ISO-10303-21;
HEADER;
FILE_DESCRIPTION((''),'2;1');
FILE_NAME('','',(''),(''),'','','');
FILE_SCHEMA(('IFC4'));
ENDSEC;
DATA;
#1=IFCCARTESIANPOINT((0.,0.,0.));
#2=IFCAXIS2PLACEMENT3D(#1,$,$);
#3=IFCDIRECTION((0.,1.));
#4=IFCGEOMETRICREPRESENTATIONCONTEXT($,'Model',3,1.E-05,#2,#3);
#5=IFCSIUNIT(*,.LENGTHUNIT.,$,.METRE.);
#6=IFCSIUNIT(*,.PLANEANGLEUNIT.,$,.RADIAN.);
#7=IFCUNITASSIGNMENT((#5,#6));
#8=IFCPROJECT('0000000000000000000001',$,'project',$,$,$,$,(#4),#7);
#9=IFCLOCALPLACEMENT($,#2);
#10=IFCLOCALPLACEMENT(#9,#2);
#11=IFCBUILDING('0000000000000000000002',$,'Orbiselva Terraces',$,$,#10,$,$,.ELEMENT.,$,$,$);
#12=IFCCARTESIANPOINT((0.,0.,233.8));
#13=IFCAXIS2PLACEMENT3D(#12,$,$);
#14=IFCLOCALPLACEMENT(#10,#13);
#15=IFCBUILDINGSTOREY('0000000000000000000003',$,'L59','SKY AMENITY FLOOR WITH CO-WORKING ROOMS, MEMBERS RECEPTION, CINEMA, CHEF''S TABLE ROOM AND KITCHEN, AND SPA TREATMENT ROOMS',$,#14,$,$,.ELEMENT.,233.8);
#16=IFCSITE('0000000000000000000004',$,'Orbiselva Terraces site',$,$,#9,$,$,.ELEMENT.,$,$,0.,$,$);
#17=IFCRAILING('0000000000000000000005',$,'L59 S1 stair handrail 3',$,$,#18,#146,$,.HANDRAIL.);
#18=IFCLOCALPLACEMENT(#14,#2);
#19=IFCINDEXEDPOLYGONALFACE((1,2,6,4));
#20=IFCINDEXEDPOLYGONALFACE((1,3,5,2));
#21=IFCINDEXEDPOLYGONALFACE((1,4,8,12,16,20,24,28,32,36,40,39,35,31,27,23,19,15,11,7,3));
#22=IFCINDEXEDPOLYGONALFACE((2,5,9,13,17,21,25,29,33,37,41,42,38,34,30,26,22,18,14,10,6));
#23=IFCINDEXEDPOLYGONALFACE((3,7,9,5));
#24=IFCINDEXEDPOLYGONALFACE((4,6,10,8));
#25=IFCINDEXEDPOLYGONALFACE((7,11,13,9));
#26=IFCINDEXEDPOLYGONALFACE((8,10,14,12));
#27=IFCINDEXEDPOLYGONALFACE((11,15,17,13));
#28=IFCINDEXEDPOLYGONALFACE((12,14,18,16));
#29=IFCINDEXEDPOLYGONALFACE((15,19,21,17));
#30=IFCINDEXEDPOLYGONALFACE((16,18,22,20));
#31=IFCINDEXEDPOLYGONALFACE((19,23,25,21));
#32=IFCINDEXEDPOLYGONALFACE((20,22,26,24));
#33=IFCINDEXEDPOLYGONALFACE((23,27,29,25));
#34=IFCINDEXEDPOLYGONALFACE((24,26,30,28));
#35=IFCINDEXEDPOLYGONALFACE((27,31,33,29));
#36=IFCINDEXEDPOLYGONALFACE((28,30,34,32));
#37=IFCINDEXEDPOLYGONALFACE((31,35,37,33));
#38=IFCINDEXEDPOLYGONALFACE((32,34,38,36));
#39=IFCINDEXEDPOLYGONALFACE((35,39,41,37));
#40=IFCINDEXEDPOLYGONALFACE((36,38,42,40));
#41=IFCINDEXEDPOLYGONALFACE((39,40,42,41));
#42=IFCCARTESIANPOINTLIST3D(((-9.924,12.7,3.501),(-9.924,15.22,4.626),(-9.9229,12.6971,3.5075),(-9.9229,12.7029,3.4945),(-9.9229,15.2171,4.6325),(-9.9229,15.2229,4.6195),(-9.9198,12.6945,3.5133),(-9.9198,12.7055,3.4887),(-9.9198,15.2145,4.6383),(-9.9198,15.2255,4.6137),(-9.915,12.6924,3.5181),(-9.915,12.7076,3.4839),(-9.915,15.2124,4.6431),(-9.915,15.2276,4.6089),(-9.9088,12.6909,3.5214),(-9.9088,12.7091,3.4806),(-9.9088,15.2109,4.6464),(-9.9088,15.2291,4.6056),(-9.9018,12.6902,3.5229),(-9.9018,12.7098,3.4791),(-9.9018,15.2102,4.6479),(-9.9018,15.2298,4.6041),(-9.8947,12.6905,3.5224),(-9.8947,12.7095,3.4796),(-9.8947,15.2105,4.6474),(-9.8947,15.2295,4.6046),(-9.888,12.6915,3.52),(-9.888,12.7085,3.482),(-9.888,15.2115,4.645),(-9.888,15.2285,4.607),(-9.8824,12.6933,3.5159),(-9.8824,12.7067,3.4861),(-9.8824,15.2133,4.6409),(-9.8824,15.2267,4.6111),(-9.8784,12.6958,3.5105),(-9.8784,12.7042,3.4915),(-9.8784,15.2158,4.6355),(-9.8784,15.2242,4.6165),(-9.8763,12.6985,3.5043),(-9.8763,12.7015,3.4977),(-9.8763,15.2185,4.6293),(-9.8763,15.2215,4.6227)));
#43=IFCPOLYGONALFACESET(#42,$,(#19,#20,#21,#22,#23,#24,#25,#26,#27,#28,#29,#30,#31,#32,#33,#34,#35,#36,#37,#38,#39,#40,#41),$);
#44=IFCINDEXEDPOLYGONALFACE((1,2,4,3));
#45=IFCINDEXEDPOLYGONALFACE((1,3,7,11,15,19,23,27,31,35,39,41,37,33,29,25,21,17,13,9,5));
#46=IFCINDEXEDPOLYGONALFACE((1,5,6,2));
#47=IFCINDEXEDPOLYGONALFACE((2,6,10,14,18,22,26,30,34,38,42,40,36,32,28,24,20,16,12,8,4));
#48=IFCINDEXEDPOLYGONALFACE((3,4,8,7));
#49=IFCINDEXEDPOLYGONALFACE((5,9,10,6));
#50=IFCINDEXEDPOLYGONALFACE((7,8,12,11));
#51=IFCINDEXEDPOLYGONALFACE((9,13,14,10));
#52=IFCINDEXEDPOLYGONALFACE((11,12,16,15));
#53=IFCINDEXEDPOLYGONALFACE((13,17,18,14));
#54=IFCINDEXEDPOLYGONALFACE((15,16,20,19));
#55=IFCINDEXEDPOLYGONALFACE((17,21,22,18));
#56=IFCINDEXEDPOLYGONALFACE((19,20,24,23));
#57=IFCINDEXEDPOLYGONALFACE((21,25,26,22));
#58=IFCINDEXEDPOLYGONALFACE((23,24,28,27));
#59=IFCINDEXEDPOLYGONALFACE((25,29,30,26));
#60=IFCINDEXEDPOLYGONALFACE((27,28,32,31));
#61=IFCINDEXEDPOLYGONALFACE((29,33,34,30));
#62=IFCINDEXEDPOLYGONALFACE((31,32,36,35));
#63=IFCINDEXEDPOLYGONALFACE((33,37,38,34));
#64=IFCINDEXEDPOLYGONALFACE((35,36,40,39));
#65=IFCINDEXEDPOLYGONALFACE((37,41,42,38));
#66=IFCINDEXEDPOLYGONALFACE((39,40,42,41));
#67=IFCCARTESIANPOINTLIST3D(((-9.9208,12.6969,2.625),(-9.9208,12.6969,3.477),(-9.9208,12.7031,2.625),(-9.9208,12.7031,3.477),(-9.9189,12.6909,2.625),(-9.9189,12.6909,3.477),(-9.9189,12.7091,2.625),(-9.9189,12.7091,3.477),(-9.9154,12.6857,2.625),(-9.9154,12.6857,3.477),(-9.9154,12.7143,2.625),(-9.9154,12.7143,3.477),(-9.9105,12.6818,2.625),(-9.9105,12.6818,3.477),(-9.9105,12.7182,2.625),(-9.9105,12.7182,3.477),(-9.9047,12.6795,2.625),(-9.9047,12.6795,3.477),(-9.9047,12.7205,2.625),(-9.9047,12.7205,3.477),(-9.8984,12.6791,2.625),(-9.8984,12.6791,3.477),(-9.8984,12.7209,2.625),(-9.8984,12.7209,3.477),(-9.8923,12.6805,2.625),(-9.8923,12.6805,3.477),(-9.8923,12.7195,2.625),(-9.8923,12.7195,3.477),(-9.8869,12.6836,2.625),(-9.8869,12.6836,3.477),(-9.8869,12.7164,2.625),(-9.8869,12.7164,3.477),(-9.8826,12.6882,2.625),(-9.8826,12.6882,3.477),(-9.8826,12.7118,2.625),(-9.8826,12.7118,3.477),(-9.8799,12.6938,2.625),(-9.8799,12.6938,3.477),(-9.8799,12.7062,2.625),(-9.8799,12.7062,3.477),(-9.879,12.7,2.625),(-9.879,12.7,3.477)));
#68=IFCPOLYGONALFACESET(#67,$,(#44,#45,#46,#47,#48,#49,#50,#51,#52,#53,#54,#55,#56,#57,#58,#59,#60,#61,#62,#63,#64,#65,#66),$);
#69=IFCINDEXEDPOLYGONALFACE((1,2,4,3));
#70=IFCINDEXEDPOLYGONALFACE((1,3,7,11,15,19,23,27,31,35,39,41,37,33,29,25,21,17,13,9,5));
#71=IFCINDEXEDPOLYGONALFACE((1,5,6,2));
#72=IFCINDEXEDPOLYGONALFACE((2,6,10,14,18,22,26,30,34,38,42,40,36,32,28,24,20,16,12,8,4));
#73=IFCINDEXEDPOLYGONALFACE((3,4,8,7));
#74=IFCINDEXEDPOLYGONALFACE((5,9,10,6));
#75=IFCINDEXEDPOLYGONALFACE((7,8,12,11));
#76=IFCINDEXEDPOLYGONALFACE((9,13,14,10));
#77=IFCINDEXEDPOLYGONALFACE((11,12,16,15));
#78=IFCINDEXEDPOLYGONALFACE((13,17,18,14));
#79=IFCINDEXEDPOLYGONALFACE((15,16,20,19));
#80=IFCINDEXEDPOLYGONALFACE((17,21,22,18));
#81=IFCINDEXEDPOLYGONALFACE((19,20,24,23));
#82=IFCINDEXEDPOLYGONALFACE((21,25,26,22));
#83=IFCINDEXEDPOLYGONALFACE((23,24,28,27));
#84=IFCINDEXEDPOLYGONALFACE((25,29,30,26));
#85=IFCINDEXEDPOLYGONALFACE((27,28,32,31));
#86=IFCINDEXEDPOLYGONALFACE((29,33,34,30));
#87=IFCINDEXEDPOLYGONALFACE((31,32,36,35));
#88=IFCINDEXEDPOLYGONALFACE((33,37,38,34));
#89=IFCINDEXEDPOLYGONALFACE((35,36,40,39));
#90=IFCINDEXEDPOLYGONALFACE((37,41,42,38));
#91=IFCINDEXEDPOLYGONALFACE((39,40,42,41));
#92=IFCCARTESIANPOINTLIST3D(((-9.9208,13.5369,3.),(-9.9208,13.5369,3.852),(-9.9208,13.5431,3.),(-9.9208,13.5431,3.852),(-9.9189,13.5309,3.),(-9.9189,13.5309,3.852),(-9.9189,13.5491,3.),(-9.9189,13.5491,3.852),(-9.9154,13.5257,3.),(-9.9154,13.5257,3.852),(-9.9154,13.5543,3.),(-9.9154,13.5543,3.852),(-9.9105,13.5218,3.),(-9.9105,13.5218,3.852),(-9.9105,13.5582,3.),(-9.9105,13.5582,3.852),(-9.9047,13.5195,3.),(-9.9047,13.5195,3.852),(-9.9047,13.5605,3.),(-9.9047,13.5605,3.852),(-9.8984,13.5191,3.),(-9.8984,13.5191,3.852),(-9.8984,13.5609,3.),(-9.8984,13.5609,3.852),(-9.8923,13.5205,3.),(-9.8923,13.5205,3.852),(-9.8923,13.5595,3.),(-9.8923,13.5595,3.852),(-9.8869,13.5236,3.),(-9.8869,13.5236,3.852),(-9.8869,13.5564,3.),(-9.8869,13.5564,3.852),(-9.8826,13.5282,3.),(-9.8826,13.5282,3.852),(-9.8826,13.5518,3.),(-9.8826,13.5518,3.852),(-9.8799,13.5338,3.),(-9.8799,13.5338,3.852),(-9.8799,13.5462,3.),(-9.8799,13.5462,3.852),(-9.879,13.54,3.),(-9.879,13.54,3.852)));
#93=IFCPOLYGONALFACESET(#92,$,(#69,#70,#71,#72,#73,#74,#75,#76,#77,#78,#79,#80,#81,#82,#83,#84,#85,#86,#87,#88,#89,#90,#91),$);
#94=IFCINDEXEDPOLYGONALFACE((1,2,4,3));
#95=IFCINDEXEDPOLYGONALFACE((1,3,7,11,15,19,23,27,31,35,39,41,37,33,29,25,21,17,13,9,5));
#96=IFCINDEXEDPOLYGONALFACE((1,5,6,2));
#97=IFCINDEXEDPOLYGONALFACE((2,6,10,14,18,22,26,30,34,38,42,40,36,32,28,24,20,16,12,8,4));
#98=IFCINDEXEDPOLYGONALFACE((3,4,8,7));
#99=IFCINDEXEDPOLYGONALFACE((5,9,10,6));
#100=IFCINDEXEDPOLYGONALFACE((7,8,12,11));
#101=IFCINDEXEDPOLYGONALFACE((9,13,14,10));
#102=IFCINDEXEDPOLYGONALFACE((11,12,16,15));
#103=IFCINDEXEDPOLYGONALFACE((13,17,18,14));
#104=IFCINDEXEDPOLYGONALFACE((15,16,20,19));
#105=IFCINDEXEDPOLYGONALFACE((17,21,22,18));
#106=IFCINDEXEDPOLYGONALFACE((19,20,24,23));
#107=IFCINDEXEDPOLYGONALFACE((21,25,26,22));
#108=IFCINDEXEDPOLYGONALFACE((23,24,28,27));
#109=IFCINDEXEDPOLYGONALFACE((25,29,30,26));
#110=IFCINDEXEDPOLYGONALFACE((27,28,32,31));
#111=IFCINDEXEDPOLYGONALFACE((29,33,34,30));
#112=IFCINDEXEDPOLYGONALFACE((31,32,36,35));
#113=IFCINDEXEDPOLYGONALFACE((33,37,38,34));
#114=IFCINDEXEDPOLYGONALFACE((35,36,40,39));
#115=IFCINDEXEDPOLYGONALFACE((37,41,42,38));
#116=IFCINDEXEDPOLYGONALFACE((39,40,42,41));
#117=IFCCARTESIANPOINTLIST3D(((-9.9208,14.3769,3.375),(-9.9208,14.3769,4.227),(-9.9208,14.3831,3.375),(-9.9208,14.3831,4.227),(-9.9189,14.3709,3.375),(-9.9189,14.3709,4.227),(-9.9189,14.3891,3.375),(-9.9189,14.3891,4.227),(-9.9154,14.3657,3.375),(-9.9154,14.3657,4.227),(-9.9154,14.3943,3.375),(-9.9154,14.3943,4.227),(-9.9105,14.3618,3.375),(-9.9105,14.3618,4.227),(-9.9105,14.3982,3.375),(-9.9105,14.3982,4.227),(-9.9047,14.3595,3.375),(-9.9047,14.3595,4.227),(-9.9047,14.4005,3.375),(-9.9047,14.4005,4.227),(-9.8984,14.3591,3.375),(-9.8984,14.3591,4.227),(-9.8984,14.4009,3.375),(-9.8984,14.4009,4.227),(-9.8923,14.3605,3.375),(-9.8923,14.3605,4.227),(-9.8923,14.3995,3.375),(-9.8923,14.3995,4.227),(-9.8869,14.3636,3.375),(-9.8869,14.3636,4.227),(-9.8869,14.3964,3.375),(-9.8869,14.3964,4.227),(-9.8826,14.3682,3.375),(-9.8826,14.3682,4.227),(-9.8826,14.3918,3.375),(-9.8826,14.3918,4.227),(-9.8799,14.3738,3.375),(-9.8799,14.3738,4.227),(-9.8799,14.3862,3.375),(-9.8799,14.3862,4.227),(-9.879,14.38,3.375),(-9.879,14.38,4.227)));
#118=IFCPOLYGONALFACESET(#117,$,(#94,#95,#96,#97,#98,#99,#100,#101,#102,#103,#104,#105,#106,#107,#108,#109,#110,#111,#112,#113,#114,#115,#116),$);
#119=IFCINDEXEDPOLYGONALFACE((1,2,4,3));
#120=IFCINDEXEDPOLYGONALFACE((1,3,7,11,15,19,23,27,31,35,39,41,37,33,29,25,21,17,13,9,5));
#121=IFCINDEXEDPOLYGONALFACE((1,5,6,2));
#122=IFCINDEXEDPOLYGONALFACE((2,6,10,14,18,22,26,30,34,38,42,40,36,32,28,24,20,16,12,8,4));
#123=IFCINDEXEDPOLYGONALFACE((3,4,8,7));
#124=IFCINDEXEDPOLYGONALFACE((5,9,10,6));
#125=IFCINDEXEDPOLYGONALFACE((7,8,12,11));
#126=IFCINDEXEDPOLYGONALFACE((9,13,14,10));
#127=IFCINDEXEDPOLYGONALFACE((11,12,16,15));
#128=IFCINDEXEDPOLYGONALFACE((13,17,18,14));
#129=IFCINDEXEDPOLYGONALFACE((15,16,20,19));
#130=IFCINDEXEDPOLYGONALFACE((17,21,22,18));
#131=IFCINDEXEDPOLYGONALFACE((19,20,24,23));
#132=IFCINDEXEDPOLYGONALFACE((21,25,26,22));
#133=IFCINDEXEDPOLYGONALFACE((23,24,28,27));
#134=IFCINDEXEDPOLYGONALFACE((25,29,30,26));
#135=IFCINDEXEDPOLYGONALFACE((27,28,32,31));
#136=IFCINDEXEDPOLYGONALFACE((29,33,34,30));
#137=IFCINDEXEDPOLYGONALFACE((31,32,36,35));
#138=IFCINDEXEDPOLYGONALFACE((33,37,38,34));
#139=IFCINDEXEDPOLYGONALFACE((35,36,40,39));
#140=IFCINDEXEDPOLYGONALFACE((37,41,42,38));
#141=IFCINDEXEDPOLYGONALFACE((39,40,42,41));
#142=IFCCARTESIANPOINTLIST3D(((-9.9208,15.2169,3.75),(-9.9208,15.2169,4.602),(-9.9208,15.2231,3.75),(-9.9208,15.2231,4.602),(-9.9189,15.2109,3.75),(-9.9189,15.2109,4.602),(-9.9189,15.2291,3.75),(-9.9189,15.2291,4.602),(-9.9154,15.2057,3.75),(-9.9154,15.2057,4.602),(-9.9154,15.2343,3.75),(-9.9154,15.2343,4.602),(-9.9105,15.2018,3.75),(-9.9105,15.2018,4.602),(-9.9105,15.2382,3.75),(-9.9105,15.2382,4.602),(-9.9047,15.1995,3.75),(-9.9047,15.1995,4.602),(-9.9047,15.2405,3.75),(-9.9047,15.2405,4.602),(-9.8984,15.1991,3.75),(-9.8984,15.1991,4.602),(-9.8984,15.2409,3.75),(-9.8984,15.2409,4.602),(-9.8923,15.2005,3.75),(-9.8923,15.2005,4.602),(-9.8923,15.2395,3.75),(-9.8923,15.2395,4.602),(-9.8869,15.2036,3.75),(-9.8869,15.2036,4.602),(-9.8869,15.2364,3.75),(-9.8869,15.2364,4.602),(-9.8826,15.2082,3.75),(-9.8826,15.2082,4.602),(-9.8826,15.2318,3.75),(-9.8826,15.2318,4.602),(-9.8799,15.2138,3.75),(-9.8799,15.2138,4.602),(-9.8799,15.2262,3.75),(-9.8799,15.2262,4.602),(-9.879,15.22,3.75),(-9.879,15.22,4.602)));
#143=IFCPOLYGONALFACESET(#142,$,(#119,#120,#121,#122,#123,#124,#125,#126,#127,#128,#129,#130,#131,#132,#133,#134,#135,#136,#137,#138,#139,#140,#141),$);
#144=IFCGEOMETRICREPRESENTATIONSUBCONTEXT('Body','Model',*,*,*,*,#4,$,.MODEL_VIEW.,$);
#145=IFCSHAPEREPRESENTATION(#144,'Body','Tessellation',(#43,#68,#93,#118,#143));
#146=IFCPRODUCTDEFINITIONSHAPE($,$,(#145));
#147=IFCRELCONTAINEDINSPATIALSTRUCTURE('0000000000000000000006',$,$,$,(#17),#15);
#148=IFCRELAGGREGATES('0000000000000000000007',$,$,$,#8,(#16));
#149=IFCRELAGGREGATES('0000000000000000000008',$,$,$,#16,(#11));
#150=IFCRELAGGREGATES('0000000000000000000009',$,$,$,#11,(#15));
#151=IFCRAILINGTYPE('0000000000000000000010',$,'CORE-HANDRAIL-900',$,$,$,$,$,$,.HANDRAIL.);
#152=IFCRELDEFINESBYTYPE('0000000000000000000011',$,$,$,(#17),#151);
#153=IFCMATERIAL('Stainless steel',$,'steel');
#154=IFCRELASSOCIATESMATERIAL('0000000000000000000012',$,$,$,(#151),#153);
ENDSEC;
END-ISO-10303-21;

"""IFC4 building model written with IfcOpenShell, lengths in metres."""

from ifc_helpers import new_model, si_unit, direction, frame, origin, origin_2d, place, context, subcontext, project, spatial, circle, extrude, material, type_object, element, save


model = new_model("IFC4")

# Units and contexts
model_context = context("Model", 3, precision=1e-05, world=origin(), true_north=direction((0.0, 1.0)))
body_context = subcontext(model_context, "Body", "Model", "MODEL_VIEW")
ifc_project = project(units=[si_unit("LENGTHUNIT", "METRE"), si_unit("PLANEANGLEUNIT", "RADIAN")], contexts=[model_context])

# Site, building, storey
site_placement = place(None, origin())
site = spatial("IfcSite", under=ifc_project, at=site_placement, Name="Orbiselva Terraces site", CompositionType="ELEMENT", RefElevation=0.0)
building_placement = place(site_placement, origin())
building = spatial("IfcBuilding", under=site, at=building_placement, Name="Orbiselva Terraces", CompositionType="ELEMENT")
storey_placement = place(building_placement, frame((0.0, 0.0, 233.8)))
storey = spatial("IfcBuildingStorey", under=building, at=storey_placement, Name="L59", Description="SKY AMENITY FLOOR WITH CO-WORKING ROOMS, MEMBERS RECEPTION, CINEMA, CHEF'S TABLE ROOM AND KITCHEN, AND SPA TREATMENT ROOMS", CompositionType="ELEMENT", Elevation=233.8)

# Railing
ifc_material_1 = material(Name="Stainless steel", Category="steel")
railing_type = type_object("IfcRailingType", Name="CORE-HANDRAIL-900", PredefinedType="HANDRAIL", material=ifc_material_1)
railing_1_placement = place(storey_placement, frame((-9.9, 12.7, 2.625)))
element("IfcRailing", 1, at=railing_1_placement, inside=storey, type_object=railing_type, Name="L59 S1 stair handrail 3", PredefinedType="HANDRAIL", context=body_context, shape_type="SweptSolid", body=[
    extrude(circle(Radius=0.024, at=origin_2d()), frame((0.0, 0.0, 0.876), z_axis=(0.0, 0.913138, 0.407651), x_axis=(-1.0, 0.0, 0.0)), (0.0, 0.0, 1.0), 2.7597),
    extrude(circle(Radius=0.021, at=origin_2d()), origin(), (0.0, 0.0, 1.0), 0.852),
    extrude(circle(Radius=0.021, at=origin_2d()), frame((0.0, 0.84, 0.375)), (0.0, 0.0, 1.0), 0.852),
    extrude(circle(Radius=0.021, at=origin_2d()), frame((0.0, 1.68, 0.75)), (0.0, 0.0, 1.0), 0.852),
    extrude(circle(Radius=0.021, at=origin_2d()), frame((0.0, 2.52, 1.125)), (0.0, 0.0, 1.0), 0.852),
])

save(model, "model.ifc")
